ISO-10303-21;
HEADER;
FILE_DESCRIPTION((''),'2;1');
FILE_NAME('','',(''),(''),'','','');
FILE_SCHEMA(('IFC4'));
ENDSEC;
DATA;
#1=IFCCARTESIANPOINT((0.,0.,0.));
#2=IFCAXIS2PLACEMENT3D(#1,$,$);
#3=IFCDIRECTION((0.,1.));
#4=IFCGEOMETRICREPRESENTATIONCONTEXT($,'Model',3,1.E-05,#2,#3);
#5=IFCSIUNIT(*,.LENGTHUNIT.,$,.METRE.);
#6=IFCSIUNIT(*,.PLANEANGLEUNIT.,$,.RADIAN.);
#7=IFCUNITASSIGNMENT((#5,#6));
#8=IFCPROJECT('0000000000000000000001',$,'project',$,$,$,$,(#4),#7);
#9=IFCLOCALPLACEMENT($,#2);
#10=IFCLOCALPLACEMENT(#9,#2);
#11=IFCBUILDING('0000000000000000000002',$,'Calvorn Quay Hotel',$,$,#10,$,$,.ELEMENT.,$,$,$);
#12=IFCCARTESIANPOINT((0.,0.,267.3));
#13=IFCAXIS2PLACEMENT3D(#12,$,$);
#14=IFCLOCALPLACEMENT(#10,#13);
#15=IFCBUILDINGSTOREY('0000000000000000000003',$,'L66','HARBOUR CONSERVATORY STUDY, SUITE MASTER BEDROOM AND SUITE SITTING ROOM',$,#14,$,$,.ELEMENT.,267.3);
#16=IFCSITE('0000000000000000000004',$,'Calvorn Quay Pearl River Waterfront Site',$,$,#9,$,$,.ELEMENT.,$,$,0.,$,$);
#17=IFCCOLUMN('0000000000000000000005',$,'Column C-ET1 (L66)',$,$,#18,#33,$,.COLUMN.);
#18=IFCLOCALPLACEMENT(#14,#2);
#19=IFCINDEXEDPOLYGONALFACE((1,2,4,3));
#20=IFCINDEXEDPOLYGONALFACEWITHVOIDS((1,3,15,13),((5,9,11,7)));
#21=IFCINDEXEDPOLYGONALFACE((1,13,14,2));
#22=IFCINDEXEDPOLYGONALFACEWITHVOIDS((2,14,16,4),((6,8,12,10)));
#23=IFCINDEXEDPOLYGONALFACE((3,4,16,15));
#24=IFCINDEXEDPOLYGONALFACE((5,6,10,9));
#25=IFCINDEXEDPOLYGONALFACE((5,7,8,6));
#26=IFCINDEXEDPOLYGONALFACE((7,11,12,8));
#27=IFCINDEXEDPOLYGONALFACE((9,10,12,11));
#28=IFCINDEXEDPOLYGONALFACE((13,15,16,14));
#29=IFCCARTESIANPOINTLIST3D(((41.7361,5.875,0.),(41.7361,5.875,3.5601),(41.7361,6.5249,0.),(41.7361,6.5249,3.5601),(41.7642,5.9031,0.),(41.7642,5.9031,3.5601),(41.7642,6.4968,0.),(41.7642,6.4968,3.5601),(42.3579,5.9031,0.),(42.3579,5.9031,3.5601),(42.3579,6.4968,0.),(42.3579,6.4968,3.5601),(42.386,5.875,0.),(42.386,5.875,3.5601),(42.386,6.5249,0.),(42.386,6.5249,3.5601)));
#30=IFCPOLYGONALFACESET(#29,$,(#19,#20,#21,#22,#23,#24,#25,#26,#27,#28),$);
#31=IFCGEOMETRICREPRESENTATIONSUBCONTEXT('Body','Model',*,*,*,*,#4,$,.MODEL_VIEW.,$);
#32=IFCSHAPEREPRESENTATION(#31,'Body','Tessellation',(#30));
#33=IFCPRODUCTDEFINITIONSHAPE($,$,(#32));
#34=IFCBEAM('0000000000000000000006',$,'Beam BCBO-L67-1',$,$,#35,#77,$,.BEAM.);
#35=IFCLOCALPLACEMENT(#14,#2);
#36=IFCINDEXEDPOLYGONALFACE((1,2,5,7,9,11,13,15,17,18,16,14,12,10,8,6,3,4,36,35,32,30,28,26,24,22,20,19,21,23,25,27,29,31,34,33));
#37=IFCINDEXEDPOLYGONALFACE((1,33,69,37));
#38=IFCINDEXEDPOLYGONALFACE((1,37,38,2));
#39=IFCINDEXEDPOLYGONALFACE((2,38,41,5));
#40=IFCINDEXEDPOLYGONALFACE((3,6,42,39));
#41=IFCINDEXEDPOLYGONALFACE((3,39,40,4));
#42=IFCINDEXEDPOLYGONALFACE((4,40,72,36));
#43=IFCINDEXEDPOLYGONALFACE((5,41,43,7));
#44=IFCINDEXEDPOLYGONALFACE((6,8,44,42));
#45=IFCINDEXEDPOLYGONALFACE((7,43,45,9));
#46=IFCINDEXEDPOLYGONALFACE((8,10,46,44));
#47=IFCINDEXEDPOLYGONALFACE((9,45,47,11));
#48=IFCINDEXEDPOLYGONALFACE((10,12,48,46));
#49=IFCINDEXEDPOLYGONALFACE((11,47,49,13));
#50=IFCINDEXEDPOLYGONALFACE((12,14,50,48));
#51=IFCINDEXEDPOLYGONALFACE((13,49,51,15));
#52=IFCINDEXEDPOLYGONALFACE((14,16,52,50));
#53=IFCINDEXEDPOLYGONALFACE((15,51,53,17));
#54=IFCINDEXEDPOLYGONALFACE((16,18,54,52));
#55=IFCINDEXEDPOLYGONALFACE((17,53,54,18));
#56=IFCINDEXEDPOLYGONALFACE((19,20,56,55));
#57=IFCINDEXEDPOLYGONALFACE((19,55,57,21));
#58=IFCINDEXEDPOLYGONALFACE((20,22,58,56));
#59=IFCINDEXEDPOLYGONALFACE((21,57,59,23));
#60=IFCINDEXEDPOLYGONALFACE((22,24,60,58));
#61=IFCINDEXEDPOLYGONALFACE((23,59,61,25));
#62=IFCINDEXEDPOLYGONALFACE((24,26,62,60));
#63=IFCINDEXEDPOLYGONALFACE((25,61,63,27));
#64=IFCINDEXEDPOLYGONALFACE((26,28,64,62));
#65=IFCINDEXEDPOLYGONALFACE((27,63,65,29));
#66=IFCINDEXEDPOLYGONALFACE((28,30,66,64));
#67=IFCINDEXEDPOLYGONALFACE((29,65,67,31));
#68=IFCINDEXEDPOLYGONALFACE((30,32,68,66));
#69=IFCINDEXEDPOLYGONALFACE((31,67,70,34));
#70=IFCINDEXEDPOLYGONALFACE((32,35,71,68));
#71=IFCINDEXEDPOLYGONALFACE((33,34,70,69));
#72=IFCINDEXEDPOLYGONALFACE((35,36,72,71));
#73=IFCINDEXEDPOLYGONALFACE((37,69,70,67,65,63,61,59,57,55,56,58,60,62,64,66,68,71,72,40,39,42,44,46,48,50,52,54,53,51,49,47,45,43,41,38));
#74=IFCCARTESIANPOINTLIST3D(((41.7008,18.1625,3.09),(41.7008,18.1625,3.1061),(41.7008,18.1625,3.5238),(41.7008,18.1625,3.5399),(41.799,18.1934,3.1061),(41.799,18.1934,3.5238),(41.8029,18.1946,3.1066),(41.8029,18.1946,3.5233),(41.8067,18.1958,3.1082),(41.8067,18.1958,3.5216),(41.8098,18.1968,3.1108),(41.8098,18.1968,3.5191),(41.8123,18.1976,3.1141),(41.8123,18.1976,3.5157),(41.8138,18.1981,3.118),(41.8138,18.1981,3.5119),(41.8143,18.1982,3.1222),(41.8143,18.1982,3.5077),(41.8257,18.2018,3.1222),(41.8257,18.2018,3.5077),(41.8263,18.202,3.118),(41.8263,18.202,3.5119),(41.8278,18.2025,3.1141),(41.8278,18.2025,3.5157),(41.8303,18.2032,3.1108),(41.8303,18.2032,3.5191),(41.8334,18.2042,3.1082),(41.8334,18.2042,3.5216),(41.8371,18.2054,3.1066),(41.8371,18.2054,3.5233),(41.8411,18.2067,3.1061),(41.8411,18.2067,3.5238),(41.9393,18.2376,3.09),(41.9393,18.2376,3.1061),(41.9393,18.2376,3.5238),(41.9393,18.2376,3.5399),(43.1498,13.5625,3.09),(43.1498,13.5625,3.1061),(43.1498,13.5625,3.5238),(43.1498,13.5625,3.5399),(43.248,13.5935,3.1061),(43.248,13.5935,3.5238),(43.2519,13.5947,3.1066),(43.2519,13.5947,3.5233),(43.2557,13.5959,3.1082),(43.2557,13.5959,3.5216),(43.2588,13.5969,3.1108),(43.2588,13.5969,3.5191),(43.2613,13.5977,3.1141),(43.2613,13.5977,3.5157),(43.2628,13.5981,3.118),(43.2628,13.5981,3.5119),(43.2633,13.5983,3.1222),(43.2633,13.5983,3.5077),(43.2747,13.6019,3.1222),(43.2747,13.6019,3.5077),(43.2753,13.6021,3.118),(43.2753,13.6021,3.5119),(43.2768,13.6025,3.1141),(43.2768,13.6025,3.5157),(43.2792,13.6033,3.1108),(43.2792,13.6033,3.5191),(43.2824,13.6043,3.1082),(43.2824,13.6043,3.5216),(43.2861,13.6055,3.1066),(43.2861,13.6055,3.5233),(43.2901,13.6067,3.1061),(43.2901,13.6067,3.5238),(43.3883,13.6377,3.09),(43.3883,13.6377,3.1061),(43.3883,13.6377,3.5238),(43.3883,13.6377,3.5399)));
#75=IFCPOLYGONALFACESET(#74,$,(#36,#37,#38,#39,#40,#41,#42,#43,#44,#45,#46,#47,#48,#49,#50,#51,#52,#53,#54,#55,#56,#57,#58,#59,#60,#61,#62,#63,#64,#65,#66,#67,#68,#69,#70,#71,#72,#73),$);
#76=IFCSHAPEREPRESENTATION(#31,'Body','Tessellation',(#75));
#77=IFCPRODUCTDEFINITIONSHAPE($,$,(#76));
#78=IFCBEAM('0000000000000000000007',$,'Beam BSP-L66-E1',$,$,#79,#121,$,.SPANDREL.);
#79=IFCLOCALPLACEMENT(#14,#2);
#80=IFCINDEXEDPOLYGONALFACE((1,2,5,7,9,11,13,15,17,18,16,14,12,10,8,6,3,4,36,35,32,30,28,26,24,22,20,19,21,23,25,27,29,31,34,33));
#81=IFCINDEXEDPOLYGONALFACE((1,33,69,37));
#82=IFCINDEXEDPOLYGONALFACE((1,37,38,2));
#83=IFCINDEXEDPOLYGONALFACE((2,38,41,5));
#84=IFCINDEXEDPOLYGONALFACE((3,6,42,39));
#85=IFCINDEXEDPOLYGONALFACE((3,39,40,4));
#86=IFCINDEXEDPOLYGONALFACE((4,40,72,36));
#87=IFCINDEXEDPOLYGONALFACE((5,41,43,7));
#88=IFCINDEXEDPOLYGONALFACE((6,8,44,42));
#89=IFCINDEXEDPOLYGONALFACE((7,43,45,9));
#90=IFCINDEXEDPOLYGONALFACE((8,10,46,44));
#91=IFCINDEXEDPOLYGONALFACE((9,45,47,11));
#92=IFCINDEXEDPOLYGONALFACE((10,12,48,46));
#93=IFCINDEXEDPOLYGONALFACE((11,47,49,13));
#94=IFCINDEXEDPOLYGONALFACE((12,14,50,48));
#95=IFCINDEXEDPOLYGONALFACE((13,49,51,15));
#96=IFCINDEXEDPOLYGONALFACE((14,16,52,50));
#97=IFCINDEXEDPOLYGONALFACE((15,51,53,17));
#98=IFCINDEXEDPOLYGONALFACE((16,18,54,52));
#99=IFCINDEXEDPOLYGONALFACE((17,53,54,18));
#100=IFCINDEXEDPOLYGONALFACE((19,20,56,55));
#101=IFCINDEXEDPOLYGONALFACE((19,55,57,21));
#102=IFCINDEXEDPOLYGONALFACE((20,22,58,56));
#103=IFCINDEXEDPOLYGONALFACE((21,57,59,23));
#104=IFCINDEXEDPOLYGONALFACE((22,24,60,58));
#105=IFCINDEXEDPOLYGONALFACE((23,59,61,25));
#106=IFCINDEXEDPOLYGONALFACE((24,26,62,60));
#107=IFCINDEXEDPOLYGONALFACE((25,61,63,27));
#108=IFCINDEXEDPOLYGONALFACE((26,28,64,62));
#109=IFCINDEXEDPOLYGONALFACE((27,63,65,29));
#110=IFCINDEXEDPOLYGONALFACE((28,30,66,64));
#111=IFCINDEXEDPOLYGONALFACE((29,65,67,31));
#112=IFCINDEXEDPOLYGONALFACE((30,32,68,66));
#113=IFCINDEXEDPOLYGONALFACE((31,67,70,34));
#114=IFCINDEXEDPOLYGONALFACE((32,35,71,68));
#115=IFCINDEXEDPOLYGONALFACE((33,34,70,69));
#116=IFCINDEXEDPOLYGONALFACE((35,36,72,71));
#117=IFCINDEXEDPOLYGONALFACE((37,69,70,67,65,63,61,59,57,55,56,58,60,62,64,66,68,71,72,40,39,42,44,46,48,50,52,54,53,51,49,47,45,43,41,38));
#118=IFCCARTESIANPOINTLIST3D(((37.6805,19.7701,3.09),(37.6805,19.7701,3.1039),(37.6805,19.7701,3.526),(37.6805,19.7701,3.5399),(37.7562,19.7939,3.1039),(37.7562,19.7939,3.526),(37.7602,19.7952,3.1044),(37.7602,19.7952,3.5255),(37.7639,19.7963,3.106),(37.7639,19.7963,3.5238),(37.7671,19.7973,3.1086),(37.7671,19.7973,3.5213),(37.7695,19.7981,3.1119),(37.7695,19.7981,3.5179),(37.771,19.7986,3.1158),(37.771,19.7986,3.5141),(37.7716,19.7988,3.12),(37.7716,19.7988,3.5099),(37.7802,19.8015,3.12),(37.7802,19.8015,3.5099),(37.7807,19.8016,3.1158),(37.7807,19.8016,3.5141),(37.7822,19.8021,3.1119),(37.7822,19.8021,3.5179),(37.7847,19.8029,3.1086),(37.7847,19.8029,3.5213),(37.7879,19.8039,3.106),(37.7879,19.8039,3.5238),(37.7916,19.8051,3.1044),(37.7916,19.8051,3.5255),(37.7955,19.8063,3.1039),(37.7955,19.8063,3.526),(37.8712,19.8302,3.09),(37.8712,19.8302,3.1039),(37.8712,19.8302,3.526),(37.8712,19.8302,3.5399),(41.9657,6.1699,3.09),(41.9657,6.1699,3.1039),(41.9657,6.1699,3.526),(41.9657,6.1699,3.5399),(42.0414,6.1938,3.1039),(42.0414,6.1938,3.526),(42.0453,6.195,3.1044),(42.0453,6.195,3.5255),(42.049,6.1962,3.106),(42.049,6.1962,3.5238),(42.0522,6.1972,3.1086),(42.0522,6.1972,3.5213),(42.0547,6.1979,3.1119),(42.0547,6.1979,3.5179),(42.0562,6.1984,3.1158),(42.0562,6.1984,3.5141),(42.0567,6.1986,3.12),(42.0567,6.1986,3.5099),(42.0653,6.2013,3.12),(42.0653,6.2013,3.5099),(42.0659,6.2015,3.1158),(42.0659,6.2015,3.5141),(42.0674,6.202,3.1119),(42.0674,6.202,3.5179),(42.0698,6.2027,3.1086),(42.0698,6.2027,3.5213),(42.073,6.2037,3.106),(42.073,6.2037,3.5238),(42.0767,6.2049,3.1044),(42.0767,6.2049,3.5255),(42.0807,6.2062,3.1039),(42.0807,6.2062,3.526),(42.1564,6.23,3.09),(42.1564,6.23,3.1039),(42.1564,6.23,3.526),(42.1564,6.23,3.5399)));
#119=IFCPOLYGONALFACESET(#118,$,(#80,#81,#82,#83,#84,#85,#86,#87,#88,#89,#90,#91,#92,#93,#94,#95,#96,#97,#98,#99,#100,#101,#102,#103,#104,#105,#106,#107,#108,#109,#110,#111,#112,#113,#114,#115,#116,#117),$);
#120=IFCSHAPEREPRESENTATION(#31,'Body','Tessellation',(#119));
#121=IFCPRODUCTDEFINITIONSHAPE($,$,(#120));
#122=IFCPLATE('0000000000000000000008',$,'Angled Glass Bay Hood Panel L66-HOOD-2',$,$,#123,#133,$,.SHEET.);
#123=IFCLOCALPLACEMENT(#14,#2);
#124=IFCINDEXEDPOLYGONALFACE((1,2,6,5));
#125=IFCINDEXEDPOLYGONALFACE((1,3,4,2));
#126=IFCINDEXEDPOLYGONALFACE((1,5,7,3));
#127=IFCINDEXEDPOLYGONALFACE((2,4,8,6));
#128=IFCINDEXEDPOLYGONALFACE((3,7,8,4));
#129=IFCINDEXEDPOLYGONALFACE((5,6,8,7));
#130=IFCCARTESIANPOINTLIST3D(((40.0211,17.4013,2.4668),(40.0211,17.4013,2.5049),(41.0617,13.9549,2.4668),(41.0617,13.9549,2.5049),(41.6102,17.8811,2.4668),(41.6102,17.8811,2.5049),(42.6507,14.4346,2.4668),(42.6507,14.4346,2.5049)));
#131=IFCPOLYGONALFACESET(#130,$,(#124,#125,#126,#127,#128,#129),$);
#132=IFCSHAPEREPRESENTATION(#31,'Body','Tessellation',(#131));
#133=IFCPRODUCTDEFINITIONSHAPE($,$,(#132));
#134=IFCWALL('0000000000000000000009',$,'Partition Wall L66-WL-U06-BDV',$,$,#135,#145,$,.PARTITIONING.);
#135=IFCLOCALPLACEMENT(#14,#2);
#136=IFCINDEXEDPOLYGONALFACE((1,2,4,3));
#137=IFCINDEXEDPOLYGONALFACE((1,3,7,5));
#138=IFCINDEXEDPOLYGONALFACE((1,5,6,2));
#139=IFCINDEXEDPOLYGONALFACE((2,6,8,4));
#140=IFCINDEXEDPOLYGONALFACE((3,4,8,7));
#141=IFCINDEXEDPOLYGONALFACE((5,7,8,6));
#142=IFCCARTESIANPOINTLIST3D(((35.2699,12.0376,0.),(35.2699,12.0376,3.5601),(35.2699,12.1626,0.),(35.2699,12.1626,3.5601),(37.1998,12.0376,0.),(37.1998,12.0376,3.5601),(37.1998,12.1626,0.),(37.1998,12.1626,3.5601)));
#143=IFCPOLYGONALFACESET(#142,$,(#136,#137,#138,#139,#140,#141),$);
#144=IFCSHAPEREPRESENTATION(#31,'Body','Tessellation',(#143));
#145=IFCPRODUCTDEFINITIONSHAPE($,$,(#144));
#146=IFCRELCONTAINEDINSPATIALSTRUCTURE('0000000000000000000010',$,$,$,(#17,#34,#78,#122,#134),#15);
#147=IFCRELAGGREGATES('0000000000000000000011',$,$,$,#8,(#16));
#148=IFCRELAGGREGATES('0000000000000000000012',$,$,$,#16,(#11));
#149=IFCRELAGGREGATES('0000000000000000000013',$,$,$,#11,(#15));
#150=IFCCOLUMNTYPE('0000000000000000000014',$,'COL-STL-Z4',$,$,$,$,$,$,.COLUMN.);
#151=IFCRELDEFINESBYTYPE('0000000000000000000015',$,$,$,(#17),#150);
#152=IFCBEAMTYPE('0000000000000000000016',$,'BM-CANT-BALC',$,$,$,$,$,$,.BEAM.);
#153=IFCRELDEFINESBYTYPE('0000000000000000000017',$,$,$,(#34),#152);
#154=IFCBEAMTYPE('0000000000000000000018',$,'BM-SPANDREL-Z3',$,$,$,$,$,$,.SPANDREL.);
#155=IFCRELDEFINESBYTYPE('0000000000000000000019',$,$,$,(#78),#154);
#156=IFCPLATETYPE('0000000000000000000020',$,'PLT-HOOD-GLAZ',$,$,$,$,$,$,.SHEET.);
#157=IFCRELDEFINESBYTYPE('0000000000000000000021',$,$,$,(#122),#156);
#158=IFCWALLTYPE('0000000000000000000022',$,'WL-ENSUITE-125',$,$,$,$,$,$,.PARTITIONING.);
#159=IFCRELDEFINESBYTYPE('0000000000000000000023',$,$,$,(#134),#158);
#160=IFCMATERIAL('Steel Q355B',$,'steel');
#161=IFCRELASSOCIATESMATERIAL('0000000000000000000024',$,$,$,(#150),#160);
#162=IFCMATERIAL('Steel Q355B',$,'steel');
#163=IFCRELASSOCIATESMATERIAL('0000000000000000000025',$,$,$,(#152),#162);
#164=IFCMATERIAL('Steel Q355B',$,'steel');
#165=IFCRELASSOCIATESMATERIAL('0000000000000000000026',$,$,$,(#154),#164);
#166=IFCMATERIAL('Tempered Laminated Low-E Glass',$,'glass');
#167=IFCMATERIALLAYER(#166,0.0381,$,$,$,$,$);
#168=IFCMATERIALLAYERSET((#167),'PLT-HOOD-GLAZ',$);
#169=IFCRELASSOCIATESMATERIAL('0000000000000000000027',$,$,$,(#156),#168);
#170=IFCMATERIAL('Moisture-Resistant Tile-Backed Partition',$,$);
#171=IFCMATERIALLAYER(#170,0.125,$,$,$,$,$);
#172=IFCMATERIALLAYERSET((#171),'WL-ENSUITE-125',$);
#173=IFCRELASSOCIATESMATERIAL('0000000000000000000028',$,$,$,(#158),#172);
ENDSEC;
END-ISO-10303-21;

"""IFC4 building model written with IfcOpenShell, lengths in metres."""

from ifc_helpers import new_model, si_unit, direction, frame, frame_2d, origin, origin_2d, place, context, subcontext, project, spatial, rectangle, hollow_rectangle, i_section, extrude, material, layer, layer_set, material_profile, profile_set, type_object, element, save


model = new_model("IFC4")

# Units and contexts
model_context = context("Model", 3, precision=1e-05, world=origin(), true_north=direction((0.0, 1.0)))
body_context = subcontext(model_context, "Body", "Model", "MODEL_VIEW")
ifc_project = project(units=[si_unit("LENGTHUNIT", "METRE"), si_unit("PLANEANGLEUNIT", "RADIAN")], contexts=[model_context])

# Site, building, storey
site_placement = place(None, origin())
site = spatial("IfcSite", under=ifc_project, at=site_placement, Name="Calvorn Quay Pearl River Waterfront Site", CompositionType="ELEMENT", RefElevation=0.0)
building_placement = place(site_placement, origin())
building = spatial("IfcBuilding", under=site, at=building_placement, Name="Calvorn Quay Hotel", CompositionType="ELEMENT")
storey_placement = place(building_placement, frame((0.0, 0.0, 267.3)))
storey = spatial("IfcBuildingStorey", under=building, at=storey_placement, Name="L66", Description="HARBOUR CONSERVATORY STUDY, SUITE MASTER BEDROOM AND SUITE SITTING ROOM", CompositionType="ELEMENT", Elevation=267.3)

# Column
ifc_material_1 = material(Name="Steel Q355B", Category="steel")
ifc_material_profile_1 = material_profile(ifc_material_1, hollow_rectangle(XDim=0.6499, YDim=0.6499, WallThickness=0.0281, at=origin_2d()), Name="BOX650x650x28")
ifc_profile_set_1 = profile_set([ifc_material_profile_1], Name="Steel Q355B")
column_type = type_object("IfcColumnType", Name="COL-STL-Z4", PredefinedType="COLUMN", material=ifc_profile_set_1)
column_placement = place(storey_placement, frame((42.061, 6.2, 0.0), z_axis=(0.0, 0.0, 1.0), x_axis=(1.0, 0.0, 0.0)))
element("IfcColumn", 1, at=column_placement, inside=storey, type_object=column_type, Name="Column C-ET1 (L66)", PredefinedType="COLUMN", context=body_context, shape_type="SweptSolid", body=[
    extrude(hollow_rectangle(XDim=0.6499, YDim=0.6499, WallThickness=0.0281, at=origin_2d()), origin(), (0.0, 0.0, 1.0), 3.5601),
])

# Beams
ifc_material_2 = material(Name="Steel Q355B", Category="steel")
ifc_material_profile_2 = material_profile(ifc_material_2, i_section(OverallWidth=0.25, OverallDepth=0.45, WebThickness=0.012, FlangeThickness=0.0161, FilletRadius=0.0161, at=origin_2d()), Name="HN450x250x12x16")
ifc_profile_set_2 = profile_set([ifc_material_profile_2], Name="Steel Q355B")
beam_type_1 = type_object("IfcBeamType", Name="BM-CANT-BALC", PredefinedType="BEAM", material=ifc_profile_set_2)
beam_1_placement = place(storey_placement, frame((43.269, 13.6001, 3.3149), z_axis=(-0.30045, 0.953797, 0.0), x_axis=(-0.953797, -0.30045, 0.0)))
element("IfcBeam", 2, at=beam_1_placement, inside=storey, type_object=beam_type_1, Name="Beam BCBO-L67-1", PredefinedType="BEAM", context=body_context, shape_type="SweptSolid", body=[
    extrude(i_section(OverallWidth=0.25, OverallDepth=0.45, WebThickness=0.012, FlangeThickness=0.0161, FilletRadius=0.0161, at=origin_2d()), origin(), (0.0, 0.0, 1.0), 4.8228),
])
ifc_material_3 = material(Name="Steel Q355B", Category="steel")
ifc_material_profile_3 = material_profile(ifc_material_3, i_section(OverallWidth=0.2, OverallDepth=0.45, WebThickness=0.009, FlangeThickness=0.0139, FilletRadius=0.0161, at=origin_2d()), Name="HN450x200x9x14")
ifc_profile_set_3 = profile_set([ifc_material_profile_3], Name="Steel Q355B")
beam_type_2 = type_object("IfcBeamType", Name="BM-SPANDREL-Z3", PredefinedType="SPANDREL", material=ifc_profile_set_3)
beam_2_placement = place(storey_placement, frame((42.061, 6.2, 3.3149), z_axis=(-0.300518, 0.953776, 0.0), x_axis=(-0.953776, -0.300518, 0.0)))
element("IfcBeam", 3, at=beam_2_placement, inside=storey, type_object=beam_type_2, Name="Beam BSP-L66-E1", PredefinedType="SPANDREL", context=body_context, shape_type="SweptSolid", body=[
    extrude(i_section(OverallWidth=0.2, OverallDepth=0.45, WebThickness=0.009, FlangeThickness=0.0139, FilletRadius=0.0161, at=origin_2d()), origin(), (0.0, 0.0, 1.0), 14.2593),
])

# Plate
ifc_material_4 = material(Name="Tempered Laminated Low-E Glass", Category="glass")
ifc_layer_1 = layer(ifc_material_4, 0.0381)
ifc_layer_set_1 = layer_set([ifc_layer_1], Name="PLT-HOOD-GLAZ")
plate_type = type_object("IfcPlateType", Name="PLT-HOOD-GLAZ", PredefinedType="SHEET", material=ifc_layer_set_1)
plate_placement = place(storey_placement, frame((41.3359, 15.918, 2.4668), z_axis=(0.0, 0.0, 1.0), x_axis=(0.957319, 0.289032, 0.0)))
element("IfcPlate", 4, at=plate_placement, inside=storey, type_object=plate_type, Name="Angled Glass Bay Hood Panel L66-HOOD-2", PredefinedType="SHEET", context=body_context, shape_type="SweptSolid", body=[
    extrude(rectangle(XDim=1.6599, YDim=3.6001, at=origin_2d()), origin(), (0.0, 0.0, 1.0), 0.0381),
])

# Wall
ifc_material_5 = material(Name="Moisture-Resistant Tile-Backed Partition")
ifc_layer_2 = layer(ifc_material_5, 0.125)
ifc_layer_set_2 = layer_set([ifc_layer_2], Name="WL-ENSUITE-125")
wall_type = type_object("IfcWallType", Name="WL-ENSUITE-125", PredefinedType="PARTITIONING", material=ifc_layer_set_2)
wall_placement = place(storey_placement, frame((35.27, 12.1001, 0.0), z_axis=(0.0, 0.0, 1.0), x_axis=(1.0, 0.0, 0.0)))
element("IfcWall", 5, at=wall_placement, inside=storey, type_object=wall_type, Name="Partition Wall L66-WL-U06-BDV", PredefinedType="PARTITIONING", context=body_context, shape_type="SweptSolid", body=[
    extrude(rectangle(XDim=1.9299, YDim=0.125, at=frame_2d((0.9648, 0.0))), origin(), (0.0, 0.0, 1.0), 3.5601),
])

save(model, "model.ifc")
